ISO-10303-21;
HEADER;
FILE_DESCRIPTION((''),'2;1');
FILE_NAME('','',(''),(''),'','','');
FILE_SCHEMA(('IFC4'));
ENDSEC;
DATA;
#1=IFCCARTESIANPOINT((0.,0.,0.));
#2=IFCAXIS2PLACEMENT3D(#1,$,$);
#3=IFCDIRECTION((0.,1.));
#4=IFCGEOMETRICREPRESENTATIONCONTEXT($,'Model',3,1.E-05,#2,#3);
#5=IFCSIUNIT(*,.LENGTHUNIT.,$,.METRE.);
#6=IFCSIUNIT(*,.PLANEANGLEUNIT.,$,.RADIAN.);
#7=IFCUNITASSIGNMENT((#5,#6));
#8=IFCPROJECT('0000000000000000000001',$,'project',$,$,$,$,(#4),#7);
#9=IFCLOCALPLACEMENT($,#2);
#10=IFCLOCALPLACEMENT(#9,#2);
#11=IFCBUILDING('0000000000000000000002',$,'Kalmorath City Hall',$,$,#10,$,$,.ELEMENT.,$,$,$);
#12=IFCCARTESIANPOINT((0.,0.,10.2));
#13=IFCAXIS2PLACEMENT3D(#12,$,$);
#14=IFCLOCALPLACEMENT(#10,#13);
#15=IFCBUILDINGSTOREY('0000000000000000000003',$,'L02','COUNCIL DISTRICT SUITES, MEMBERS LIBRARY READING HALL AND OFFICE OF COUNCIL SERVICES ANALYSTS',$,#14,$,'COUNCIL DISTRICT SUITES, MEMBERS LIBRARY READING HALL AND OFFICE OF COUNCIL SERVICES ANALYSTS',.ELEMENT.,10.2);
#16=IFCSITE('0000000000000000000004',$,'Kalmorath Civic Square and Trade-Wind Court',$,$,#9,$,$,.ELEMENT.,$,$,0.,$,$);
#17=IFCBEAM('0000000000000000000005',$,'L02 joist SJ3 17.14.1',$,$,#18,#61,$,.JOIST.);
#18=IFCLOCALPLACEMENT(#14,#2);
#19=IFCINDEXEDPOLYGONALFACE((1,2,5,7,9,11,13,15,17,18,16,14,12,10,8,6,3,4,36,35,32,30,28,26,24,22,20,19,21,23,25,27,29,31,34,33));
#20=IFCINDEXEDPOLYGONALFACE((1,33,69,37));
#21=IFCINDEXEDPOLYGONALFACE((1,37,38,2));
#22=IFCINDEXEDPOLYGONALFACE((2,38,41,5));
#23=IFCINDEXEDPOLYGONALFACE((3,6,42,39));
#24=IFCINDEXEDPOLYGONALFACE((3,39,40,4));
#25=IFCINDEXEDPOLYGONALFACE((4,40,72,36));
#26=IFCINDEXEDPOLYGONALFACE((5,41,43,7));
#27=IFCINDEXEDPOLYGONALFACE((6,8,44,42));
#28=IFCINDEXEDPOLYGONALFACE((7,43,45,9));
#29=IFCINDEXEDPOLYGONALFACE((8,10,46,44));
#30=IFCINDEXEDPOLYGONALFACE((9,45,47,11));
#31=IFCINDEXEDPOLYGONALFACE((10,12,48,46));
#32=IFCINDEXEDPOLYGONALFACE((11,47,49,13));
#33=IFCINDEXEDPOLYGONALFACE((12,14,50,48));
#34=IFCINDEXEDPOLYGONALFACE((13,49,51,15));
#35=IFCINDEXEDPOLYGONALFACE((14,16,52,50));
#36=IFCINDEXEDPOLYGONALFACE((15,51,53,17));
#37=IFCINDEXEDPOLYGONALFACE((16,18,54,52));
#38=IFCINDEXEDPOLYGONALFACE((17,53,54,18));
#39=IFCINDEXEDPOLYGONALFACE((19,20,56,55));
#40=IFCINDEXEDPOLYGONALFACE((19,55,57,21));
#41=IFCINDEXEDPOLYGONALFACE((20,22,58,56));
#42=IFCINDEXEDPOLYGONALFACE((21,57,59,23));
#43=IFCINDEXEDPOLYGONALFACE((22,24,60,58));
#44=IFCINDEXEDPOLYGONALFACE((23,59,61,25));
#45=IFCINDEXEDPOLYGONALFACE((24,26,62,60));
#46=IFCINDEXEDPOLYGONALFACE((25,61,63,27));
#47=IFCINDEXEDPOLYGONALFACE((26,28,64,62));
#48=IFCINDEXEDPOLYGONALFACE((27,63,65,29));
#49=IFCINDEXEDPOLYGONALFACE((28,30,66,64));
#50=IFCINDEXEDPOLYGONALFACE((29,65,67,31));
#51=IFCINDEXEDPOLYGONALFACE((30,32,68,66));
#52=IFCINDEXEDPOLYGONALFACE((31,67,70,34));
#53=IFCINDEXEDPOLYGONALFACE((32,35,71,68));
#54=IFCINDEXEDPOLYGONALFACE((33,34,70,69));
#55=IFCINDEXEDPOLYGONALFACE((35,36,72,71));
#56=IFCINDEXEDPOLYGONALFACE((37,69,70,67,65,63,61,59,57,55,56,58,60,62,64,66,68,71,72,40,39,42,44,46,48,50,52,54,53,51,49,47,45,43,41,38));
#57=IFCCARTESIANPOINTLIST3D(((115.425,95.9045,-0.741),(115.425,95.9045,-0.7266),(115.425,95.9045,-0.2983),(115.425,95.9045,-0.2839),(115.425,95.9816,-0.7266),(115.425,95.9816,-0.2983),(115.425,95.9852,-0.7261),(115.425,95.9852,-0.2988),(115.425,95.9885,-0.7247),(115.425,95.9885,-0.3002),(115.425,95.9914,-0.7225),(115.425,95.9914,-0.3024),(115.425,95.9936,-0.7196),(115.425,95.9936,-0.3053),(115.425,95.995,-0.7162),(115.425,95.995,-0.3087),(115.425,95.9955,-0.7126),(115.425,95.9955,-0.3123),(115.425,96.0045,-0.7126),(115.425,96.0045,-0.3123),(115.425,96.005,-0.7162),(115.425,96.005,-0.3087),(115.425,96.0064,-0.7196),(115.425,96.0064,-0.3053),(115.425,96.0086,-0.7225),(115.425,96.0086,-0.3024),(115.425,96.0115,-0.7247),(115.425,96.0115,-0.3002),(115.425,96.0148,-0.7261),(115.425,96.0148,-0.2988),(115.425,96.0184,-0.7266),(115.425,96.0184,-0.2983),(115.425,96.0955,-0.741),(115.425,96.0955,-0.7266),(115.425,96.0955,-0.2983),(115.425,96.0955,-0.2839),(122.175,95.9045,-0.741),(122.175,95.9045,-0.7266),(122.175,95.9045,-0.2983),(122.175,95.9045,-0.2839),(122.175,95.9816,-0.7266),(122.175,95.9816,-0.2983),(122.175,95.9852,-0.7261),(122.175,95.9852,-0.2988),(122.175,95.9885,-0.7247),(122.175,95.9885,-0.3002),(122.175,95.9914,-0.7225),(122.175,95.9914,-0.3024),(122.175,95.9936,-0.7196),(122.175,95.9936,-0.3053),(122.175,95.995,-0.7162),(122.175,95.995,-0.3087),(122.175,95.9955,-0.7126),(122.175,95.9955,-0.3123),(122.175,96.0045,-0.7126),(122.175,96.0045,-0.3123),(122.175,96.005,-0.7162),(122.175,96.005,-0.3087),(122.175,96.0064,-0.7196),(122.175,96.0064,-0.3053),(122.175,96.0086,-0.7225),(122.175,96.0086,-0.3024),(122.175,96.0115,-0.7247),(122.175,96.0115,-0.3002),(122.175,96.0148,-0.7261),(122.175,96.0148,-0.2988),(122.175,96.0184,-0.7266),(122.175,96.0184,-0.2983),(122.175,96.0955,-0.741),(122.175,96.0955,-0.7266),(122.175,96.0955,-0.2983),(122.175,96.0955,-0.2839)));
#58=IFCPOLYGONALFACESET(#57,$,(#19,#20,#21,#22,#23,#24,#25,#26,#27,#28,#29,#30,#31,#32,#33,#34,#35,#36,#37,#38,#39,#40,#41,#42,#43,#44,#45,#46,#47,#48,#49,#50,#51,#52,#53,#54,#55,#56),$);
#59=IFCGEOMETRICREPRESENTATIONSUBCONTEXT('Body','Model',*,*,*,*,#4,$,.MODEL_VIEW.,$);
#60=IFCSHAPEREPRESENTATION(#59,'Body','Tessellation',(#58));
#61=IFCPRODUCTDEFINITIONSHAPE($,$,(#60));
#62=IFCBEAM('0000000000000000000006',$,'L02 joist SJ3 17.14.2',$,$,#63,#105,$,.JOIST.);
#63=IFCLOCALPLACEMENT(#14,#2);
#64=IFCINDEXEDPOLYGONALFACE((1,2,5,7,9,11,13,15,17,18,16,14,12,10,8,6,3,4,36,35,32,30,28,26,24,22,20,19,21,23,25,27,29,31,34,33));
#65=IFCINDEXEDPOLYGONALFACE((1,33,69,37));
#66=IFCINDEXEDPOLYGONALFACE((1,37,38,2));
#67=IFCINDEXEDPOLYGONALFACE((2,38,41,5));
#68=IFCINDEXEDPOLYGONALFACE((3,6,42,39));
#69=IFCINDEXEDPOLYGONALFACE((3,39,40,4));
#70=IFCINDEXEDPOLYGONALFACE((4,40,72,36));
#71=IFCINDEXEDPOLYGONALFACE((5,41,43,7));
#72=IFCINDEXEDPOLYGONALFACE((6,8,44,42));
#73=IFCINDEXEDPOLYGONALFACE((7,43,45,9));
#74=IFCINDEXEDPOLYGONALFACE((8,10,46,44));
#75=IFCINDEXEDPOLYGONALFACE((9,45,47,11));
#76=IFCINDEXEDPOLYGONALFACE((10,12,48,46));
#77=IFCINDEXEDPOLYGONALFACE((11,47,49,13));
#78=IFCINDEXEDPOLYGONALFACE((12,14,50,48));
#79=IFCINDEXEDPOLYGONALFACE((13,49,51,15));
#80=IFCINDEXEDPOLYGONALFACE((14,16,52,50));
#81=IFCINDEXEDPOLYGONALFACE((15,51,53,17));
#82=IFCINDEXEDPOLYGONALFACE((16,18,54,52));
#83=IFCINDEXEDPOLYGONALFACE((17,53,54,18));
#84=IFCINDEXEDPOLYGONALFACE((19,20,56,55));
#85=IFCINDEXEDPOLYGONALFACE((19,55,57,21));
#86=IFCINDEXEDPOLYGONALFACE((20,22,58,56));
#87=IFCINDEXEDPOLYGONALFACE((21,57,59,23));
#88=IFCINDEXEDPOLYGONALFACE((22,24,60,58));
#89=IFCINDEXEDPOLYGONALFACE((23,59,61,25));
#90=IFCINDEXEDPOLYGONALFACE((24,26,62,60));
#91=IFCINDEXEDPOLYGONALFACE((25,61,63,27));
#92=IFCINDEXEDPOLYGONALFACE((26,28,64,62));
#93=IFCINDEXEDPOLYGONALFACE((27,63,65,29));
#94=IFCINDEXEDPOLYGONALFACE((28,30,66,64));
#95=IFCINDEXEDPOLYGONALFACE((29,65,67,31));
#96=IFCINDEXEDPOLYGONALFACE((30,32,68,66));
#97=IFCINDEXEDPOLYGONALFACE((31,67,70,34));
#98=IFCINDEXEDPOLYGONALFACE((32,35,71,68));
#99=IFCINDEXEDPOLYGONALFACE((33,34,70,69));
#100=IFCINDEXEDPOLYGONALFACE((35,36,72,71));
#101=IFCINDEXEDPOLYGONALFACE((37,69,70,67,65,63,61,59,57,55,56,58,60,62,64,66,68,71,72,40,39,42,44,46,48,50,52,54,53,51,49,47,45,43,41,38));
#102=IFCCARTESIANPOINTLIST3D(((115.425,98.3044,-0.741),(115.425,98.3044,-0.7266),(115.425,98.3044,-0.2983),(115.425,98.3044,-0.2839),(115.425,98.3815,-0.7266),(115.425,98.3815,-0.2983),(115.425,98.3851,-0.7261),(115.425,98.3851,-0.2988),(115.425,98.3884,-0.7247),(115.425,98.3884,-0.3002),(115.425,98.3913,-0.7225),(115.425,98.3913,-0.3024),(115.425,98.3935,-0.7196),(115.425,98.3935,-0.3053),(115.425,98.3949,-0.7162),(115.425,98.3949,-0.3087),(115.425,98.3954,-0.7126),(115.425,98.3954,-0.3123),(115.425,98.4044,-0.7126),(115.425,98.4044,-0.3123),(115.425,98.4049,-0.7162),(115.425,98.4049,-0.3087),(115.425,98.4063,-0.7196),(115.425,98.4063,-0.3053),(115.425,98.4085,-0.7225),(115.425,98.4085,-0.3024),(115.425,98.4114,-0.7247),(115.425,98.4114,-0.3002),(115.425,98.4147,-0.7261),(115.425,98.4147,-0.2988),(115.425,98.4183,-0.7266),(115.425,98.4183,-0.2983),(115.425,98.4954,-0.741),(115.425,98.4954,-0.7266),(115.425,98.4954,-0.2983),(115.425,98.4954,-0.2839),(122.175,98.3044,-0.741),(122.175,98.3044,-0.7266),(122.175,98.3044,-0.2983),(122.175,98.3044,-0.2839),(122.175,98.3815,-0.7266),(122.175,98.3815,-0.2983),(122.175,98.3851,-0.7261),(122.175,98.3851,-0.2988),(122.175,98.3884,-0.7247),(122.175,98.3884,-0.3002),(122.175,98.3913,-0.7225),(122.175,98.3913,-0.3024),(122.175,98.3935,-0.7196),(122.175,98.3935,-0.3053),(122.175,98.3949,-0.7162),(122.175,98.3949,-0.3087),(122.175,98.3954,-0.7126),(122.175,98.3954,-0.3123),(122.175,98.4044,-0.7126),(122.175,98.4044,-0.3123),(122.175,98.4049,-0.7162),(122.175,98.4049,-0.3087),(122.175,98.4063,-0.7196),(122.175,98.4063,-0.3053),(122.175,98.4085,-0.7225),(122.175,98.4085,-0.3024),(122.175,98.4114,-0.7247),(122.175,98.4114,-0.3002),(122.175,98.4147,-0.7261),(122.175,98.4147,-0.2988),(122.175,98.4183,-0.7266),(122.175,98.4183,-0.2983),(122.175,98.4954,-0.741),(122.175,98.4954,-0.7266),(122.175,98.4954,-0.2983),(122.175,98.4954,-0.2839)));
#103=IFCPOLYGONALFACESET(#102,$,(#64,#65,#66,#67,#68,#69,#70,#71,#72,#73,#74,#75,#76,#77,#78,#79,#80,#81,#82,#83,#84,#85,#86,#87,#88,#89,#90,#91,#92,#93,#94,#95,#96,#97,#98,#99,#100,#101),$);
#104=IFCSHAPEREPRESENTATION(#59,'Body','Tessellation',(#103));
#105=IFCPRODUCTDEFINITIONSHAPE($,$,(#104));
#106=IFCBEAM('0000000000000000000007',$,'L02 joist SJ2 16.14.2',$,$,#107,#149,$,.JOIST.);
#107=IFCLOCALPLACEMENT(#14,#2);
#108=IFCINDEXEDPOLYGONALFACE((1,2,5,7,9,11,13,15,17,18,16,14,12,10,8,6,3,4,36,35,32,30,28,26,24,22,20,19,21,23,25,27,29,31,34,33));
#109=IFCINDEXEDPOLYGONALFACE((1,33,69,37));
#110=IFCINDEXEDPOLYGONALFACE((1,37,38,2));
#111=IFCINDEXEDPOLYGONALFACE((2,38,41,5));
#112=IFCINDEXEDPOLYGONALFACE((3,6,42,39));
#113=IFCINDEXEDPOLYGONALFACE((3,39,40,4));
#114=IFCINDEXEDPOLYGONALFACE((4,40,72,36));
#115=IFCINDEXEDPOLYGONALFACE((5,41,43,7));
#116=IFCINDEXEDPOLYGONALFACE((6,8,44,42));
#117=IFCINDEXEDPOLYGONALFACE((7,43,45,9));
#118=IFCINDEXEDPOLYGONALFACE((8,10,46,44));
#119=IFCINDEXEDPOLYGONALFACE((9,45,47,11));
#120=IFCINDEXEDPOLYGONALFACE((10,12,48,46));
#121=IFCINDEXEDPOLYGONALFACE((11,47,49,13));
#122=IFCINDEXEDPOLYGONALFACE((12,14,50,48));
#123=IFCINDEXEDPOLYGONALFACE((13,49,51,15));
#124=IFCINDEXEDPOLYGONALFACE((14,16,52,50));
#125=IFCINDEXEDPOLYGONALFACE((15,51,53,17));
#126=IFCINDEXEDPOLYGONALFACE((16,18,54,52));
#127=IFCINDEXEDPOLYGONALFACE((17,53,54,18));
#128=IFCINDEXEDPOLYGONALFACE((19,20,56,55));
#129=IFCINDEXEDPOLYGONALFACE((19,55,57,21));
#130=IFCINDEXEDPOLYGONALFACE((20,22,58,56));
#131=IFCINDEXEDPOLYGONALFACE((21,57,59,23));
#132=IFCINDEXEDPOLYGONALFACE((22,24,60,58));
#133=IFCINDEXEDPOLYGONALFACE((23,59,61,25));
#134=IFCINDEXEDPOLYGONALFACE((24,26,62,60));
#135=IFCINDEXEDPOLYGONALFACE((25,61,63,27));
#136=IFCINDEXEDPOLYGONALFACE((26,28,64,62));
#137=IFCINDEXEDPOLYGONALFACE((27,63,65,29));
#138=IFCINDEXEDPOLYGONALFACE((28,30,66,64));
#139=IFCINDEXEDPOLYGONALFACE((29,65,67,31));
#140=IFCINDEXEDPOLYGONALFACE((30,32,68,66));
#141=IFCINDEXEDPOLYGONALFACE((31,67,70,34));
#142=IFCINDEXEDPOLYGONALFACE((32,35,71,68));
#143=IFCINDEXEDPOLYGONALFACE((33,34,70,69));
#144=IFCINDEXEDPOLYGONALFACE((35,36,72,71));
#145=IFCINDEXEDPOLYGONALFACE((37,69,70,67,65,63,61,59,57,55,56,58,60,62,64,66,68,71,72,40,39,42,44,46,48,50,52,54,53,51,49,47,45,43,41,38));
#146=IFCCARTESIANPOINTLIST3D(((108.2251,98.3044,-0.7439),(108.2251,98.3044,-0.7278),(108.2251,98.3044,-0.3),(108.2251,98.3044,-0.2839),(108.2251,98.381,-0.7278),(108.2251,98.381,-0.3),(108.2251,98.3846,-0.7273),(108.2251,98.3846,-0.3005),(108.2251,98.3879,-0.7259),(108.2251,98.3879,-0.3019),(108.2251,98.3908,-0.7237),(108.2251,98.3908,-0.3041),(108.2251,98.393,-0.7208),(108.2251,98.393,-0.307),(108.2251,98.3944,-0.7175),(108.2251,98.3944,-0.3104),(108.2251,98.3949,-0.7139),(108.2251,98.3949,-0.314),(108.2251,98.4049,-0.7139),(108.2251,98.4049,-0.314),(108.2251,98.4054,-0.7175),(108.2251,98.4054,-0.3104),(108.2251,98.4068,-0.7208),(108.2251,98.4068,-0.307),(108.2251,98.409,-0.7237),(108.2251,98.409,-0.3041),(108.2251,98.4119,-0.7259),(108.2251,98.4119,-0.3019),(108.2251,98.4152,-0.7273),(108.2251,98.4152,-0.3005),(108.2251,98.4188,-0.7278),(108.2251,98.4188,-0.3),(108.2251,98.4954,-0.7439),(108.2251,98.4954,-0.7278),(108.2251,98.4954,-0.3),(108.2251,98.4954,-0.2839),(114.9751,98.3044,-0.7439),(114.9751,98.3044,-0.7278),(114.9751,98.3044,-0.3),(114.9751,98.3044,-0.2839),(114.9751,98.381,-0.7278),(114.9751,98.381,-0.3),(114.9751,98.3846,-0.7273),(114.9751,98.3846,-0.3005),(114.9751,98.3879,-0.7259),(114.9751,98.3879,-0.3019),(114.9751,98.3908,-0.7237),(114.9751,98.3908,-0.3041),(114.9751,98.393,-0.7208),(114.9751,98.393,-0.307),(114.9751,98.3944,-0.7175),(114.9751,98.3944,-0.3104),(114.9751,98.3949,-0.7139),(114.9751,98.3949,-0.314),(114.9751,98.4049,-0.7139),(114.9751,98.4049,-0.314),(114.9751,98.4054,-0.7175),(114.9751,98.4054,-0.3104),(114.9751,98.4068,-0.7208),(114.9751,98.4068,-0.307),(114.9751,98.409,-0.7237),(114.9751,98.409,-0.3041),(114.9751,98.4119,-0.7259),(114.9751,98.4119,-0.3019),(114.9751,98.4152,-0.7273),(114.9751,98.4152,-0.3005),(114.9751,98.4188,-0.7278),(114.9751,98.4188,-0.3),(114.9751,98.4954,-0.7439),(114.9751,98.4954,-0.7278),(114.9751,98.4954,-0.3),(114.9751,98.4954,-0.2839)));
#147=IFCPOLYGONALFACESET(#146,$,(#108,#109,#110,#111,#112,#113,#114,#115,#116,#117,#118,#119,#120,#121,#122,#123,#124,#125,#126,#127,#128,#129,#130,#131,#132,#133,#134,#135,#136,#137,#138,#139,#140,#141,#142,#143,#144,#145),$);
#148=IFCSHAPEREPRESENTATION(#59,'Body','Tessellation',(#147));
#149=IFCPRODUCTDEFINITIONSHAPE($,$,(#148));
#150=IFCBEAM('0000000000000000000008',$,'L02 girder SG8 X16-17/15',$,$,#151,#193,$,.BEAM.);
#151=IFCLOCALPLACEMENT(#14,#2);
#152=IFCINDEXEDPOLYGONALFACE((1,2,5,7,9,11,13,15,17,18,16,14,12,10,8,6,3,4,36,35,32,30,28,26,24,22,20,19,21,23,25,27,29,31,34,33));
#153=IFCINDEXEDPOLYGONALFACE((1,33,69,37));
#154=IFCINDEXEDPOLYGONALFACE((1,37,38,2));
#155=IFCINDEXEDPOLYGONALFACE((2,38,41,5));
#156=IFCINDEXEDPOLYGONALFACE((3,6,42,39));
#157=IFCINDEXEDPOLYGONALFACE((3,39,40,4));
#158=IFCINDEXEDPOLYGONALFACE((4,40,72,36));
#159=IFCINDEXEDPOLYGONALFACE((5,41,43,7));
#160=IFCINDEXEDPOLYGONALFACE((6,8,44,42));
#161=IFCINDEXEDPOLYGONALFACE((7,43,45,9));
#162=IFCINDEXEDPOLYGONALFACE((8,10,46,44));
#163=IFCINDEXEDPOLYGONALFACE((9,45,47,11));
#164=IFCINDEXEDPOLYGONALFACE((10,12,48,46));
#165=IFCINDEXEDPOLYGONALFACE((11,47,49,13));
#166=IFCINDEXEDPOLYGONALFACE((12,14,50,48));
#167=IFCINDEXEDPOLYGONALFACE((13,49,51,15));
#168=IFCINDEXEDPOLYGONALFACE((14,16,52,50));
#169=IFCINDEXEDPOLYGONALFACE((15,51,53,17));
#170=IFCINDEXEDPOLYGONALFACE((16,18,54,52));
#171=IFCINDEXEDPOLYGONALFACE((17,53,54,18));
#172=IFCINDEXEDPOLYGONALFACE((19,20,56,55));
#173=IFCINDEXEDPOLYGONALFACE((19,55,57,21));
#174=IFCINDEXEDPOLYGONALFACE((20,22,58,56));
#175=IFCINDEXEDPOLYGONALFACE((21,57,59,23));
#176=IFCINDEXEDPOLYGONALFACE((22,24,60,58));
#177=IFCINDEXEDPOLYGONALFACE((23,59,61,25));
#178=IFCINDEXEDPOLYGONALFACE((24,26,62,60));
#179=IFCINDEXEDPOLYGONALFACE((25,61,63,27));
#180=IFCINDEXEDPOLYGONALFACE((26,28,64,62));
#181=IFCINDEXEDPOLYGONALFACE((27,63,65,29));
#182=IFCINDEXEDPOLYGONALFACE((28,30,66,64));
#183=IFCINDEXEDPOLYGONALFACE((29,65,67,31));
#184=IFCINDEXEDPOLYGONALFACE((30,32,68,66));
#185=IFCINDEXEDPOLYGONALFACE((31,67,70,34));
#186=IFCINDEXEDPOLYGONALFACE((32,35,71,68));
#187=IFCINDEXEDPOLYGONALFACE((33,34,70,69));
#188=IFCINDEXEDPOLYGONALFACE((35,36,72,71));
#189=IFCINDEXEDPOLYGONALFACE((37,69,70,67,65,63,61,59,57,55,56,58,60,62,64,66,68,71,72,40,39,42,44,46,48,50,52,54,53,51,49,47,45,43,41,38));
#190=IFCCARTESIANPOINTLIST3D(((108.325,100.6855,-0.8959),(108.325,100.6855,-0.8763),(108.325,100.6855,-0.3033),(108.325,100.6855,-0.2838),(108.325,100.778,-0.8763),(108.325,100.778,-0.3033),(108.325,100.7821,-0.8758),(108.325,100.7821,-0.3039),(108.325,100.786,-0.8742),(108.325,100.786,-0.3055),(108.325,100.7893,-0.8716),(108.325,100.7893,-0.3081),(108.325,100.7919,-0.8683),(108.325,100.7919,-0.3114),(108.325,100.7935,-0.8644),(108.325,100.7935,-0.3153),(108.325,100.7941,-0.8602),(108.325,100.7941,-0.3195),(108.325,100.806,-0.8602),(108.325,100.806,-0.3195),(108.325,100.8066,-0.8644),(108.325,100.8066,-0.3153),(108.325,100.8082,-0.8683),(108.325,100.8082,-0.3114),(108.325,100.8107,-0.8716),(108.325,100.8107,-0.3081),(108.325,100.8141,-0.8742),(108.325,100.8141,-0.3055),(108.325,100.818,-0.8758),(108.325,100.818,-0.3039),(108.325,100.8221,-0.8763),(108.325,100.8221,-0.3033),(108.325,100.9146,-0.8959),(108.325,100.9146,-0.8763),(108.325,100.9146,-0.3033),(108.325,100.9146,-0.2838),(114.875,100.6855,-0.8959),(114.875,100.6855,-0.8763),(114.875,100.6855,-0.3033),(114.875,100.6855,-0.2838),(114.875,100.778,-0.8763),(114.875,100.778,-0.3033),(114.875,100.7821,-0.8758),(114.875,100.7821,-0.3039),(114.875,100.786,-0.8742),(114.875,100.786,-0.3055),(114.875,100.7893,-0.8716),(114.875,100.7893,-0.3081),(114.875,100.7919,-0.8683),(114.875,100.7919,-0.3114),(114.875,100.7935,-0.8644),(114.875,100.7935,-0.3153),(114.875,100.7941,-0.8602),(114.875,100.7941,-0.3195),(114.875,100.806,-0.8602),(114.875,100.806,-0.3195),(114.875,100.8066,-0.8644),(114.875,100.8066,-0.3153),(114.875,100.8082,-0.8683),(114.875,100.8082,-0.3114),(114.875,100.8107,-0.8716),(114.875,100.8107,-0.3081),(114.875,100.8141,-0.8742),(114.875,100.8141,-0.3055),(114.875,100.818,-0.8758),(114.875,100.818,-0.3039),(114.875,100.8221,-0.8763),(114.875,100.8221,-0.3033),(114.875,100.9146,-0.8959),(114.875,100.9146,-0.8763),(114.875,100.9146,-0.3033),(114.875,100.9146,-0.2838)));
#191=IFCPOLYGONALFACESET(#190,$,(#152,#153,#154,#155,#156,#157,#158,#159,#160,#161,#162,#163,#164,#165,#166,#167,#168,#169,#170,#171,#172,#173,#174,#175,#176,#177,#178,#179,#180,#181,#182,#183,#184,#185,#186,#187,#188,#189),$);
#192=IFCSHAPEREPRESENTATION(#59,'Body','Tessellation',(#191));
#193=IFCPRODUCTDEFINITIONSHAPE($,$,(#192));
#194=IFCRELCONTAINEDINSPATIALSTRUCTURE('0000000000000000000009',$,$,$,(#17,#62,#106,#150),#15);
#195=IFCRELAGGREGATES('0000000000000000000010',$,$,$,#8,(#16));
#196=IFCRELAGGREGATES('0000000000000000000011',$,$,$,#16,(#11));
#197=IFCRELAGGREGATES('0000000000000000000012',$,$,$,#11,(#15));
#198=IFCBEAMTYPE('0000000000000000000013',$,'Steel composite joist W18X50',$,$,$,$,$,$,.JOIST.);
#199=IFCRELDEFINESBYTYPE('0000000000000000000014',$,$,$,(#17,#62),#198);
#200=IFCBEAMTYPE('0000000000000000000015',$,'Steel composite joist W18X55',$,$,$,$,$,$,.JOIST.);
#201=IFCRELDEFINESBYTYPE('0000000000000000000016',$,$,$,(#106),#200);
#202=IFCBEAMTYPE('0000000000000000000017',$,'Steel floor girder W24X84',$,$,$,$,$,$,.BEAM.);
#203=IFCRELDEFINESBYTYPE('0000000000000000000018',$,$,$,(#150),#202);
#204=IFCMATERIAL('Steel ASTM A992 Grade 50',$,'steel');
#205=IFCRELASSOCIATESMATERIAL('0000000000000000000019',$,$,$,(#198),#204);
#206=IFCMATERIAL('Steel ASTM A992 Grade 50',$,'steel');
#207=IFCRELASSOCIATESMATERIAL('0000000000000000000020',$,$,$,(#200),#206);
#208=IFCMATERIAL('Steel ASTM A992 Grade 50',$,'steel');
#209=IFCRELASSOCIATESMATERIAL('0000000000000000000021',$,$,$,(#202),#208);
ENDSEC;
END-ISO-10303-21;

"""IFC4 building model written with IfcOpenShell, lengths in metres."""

from ifc_helpers import new_model, si_unit, direction, frame, origin, origin_2d, place, context, subcontext, project, spatial, i_section, extrude, material, material_profile, profile_set, type_object, element, save


model = new_model("IFC4")

# Units and contexts
model_context = context("Model", 3, precision=1e-05, world=origin(), true_north=direction((0.0, 1.0)))
body_context = subcontext(model_context, "Body", "Model", "MODEL_VIEW")
ifc_project = project(units=[si_unit("LENGTHUNIT", "METRE"), si_unit("PLANEANGLEUNIT", "RADIAN")], contexts=[model_context])

# Site, building, storey
site_placement = place(None, origin())
site = spatial("IfcSite", under=ifc_project, at=site_placement, Name="Kalmorath Civic Square and Trade-Wind Court", CompositionType="ELEMENT", RefElevation=0.0)
building_placement = place(site_placement, origin())
building = spatial("IfcBuilding", under=site, at=building_placement, Name="Kalmorath City Hall", CompositionType="ELEMENT")
storey_placement = place(building_placement, frame((0.0, 0.0, 10.2)))
storey = spatial("IfcBuildingStorey", under=building, at=storey_placement, Name="L02", Description="COUNCIL DISTRICT SUITES, MEMBERS LIBRARY READING HALL AND OFFICE OF COUNCIL SERVICES ANALYSTS", LongName="COUNCIL DISTRICT SUITES, MEMBERS LIBRARY READING HALL AND OFFICE OF COUNCIL SERVICES ANALYSTS", CompositionType="ELEMENT", Elevation=10.2)

# Beams
ifc_material_1 = material(Name="Steel ASTM A992 Grade 50", Category="steel")
ifc_material_profile_1 = material_profile(ifc_material_1, i_section(OverallWidth=0.1909, OverallDepth=0.457, WebThickness=0.009, FlangeThickness=0.0144, FilletRadius=0.0139, at=origin_2d()), Name="W18X50")
ifc_profile_set_1 = profile_set([ifc_material_profile_1], Name="Steel ASTM A992 Grade 50")
beam_type_1 = type_object("IfcBeamType", Name="Steel composite joist W18X50", PredefinedType="JOIST", material=ifc_profile_set_1)
for number, where, z_axis, x_axis, name in (
    (1, (115.425, 96.0, -0.5125), (1.0, 0.0, 0.0), (0.0, 1.0, 0.0), "L02 joist SJ3 17.14.1"),
    (2, (115.425, 98.3999, -0.5125), (1.0, 0.0, 0.0), (0.0, 1.0, 0.0), "L02 joist SJ3 17.14.2"),
):
    element("IfcBeam", number, at=place(storey_placement, frame(where, z_axis=z_axis, x_axis=x_axis)), inside=storey, type_object=beam_type_1, Name=name, PredefinedType="JOIST", context=body_context, shape_type="SweptSolid", body=[
        extrude(i_section(OverallWidth=0.1909, OverallDepth=0.457, WebThickness=0.009, FlangeThickness=0.0144, FilletRadius=0.0139, at=origin_2d()), origin(), (0.0, 0.0, 1.0), 6.75),
    ])
ifc_material_2 = material(Name="Steel ASTM A992 Grade 50", Category="steel")
ifc_material_profile_2 = material_profile(ifc_material_2, i_section(OverallWidth=0.1909, OverallDepth=0.46, WebThickness=0.01, FlangeThickness=0.0161, FilletRadius=0.0139, at=origin_2d()), Name="W18X55")
ifc_profile_set_2 = profile_set([ifc_material_profile_2], Name="Steel ASTM A992 Grade 50")
beam_type_2 = type_object("IfcBeamType", Name="Steel composite joist W18X55", PredefinedType="JOIST", material=ifc_profile_set_2)
beam_placement = place(storey_placement, frame((108.2251, 98.3999, -0.5139), z_axis=(1.0, 0.0, 0.0), x_axis=(0.0, 1.0, 0.0)))
element("IfcBeam", 3, at=beam_placement, inside=storey, type_object=beam_type_2, Name="L02 joist SJ2 16.14.2", PredefinedType="JOIST", context=body_context, shape_type="SweptSolid", body=[
    extrude(i_section(OverallWidth=0.1909, OverallDepth=0.46, WebThickness=0.01, FlangeThickness=0.0161, FilletRadius=0.0139, at=origin_2d()), origin(), (0.0, 0.0, 1.0), 6.75),
])
ifc_material_3 = material(Name="Steel ASTM A992 Grade 50", Category="steel")
ifc_material_profile_3 = material_profile(ifc_material_3, i_section(OverallWidth=0.229, OverallDepth=0.6121, WebThickness=0.012, FlangeThickness=0.0195, FilletRadius=0.0161, at=origin_2d()), Name="W24X84")
ifc_profile_set_3 = profile_set([ifc_material_profile_3], Name="Steel ASTM A992 Grade 50")
beam_type_3 = type_object("IfcBeamType", Name="Steel floor girder W24X84", PredefinedType="BEAM", material=ifc_profile_set_3)
for number, where, z_axis, x_axis, name in (
    (4, (108.325, 100.8, -0.5898), (1.0, 0.0, 0.0), (0.0, 1.0, 0.0), "L02 girder SG8 X16-17/15"),
):
    element("IfcBeam", number, at=place(storey_placement, frame(where, z_axis=z_axis, x_axis=x_axis)), inside=storey, type_object=beam_type_3, Name=name, PredefinedType="BEAM", context=body_context, shape_type="SweptSolid", body=[
        extrude(i_section(OverallWidth=0.229, OverallDepth=0.6121, WebThickness=0.012, FlangeThickness=0.0195, FilletRadius=0.0161, at=origin_2d()), origin(), (0.0, 0.0, 1.0), 6.55),
    ])

save(model, "model.ifc")
